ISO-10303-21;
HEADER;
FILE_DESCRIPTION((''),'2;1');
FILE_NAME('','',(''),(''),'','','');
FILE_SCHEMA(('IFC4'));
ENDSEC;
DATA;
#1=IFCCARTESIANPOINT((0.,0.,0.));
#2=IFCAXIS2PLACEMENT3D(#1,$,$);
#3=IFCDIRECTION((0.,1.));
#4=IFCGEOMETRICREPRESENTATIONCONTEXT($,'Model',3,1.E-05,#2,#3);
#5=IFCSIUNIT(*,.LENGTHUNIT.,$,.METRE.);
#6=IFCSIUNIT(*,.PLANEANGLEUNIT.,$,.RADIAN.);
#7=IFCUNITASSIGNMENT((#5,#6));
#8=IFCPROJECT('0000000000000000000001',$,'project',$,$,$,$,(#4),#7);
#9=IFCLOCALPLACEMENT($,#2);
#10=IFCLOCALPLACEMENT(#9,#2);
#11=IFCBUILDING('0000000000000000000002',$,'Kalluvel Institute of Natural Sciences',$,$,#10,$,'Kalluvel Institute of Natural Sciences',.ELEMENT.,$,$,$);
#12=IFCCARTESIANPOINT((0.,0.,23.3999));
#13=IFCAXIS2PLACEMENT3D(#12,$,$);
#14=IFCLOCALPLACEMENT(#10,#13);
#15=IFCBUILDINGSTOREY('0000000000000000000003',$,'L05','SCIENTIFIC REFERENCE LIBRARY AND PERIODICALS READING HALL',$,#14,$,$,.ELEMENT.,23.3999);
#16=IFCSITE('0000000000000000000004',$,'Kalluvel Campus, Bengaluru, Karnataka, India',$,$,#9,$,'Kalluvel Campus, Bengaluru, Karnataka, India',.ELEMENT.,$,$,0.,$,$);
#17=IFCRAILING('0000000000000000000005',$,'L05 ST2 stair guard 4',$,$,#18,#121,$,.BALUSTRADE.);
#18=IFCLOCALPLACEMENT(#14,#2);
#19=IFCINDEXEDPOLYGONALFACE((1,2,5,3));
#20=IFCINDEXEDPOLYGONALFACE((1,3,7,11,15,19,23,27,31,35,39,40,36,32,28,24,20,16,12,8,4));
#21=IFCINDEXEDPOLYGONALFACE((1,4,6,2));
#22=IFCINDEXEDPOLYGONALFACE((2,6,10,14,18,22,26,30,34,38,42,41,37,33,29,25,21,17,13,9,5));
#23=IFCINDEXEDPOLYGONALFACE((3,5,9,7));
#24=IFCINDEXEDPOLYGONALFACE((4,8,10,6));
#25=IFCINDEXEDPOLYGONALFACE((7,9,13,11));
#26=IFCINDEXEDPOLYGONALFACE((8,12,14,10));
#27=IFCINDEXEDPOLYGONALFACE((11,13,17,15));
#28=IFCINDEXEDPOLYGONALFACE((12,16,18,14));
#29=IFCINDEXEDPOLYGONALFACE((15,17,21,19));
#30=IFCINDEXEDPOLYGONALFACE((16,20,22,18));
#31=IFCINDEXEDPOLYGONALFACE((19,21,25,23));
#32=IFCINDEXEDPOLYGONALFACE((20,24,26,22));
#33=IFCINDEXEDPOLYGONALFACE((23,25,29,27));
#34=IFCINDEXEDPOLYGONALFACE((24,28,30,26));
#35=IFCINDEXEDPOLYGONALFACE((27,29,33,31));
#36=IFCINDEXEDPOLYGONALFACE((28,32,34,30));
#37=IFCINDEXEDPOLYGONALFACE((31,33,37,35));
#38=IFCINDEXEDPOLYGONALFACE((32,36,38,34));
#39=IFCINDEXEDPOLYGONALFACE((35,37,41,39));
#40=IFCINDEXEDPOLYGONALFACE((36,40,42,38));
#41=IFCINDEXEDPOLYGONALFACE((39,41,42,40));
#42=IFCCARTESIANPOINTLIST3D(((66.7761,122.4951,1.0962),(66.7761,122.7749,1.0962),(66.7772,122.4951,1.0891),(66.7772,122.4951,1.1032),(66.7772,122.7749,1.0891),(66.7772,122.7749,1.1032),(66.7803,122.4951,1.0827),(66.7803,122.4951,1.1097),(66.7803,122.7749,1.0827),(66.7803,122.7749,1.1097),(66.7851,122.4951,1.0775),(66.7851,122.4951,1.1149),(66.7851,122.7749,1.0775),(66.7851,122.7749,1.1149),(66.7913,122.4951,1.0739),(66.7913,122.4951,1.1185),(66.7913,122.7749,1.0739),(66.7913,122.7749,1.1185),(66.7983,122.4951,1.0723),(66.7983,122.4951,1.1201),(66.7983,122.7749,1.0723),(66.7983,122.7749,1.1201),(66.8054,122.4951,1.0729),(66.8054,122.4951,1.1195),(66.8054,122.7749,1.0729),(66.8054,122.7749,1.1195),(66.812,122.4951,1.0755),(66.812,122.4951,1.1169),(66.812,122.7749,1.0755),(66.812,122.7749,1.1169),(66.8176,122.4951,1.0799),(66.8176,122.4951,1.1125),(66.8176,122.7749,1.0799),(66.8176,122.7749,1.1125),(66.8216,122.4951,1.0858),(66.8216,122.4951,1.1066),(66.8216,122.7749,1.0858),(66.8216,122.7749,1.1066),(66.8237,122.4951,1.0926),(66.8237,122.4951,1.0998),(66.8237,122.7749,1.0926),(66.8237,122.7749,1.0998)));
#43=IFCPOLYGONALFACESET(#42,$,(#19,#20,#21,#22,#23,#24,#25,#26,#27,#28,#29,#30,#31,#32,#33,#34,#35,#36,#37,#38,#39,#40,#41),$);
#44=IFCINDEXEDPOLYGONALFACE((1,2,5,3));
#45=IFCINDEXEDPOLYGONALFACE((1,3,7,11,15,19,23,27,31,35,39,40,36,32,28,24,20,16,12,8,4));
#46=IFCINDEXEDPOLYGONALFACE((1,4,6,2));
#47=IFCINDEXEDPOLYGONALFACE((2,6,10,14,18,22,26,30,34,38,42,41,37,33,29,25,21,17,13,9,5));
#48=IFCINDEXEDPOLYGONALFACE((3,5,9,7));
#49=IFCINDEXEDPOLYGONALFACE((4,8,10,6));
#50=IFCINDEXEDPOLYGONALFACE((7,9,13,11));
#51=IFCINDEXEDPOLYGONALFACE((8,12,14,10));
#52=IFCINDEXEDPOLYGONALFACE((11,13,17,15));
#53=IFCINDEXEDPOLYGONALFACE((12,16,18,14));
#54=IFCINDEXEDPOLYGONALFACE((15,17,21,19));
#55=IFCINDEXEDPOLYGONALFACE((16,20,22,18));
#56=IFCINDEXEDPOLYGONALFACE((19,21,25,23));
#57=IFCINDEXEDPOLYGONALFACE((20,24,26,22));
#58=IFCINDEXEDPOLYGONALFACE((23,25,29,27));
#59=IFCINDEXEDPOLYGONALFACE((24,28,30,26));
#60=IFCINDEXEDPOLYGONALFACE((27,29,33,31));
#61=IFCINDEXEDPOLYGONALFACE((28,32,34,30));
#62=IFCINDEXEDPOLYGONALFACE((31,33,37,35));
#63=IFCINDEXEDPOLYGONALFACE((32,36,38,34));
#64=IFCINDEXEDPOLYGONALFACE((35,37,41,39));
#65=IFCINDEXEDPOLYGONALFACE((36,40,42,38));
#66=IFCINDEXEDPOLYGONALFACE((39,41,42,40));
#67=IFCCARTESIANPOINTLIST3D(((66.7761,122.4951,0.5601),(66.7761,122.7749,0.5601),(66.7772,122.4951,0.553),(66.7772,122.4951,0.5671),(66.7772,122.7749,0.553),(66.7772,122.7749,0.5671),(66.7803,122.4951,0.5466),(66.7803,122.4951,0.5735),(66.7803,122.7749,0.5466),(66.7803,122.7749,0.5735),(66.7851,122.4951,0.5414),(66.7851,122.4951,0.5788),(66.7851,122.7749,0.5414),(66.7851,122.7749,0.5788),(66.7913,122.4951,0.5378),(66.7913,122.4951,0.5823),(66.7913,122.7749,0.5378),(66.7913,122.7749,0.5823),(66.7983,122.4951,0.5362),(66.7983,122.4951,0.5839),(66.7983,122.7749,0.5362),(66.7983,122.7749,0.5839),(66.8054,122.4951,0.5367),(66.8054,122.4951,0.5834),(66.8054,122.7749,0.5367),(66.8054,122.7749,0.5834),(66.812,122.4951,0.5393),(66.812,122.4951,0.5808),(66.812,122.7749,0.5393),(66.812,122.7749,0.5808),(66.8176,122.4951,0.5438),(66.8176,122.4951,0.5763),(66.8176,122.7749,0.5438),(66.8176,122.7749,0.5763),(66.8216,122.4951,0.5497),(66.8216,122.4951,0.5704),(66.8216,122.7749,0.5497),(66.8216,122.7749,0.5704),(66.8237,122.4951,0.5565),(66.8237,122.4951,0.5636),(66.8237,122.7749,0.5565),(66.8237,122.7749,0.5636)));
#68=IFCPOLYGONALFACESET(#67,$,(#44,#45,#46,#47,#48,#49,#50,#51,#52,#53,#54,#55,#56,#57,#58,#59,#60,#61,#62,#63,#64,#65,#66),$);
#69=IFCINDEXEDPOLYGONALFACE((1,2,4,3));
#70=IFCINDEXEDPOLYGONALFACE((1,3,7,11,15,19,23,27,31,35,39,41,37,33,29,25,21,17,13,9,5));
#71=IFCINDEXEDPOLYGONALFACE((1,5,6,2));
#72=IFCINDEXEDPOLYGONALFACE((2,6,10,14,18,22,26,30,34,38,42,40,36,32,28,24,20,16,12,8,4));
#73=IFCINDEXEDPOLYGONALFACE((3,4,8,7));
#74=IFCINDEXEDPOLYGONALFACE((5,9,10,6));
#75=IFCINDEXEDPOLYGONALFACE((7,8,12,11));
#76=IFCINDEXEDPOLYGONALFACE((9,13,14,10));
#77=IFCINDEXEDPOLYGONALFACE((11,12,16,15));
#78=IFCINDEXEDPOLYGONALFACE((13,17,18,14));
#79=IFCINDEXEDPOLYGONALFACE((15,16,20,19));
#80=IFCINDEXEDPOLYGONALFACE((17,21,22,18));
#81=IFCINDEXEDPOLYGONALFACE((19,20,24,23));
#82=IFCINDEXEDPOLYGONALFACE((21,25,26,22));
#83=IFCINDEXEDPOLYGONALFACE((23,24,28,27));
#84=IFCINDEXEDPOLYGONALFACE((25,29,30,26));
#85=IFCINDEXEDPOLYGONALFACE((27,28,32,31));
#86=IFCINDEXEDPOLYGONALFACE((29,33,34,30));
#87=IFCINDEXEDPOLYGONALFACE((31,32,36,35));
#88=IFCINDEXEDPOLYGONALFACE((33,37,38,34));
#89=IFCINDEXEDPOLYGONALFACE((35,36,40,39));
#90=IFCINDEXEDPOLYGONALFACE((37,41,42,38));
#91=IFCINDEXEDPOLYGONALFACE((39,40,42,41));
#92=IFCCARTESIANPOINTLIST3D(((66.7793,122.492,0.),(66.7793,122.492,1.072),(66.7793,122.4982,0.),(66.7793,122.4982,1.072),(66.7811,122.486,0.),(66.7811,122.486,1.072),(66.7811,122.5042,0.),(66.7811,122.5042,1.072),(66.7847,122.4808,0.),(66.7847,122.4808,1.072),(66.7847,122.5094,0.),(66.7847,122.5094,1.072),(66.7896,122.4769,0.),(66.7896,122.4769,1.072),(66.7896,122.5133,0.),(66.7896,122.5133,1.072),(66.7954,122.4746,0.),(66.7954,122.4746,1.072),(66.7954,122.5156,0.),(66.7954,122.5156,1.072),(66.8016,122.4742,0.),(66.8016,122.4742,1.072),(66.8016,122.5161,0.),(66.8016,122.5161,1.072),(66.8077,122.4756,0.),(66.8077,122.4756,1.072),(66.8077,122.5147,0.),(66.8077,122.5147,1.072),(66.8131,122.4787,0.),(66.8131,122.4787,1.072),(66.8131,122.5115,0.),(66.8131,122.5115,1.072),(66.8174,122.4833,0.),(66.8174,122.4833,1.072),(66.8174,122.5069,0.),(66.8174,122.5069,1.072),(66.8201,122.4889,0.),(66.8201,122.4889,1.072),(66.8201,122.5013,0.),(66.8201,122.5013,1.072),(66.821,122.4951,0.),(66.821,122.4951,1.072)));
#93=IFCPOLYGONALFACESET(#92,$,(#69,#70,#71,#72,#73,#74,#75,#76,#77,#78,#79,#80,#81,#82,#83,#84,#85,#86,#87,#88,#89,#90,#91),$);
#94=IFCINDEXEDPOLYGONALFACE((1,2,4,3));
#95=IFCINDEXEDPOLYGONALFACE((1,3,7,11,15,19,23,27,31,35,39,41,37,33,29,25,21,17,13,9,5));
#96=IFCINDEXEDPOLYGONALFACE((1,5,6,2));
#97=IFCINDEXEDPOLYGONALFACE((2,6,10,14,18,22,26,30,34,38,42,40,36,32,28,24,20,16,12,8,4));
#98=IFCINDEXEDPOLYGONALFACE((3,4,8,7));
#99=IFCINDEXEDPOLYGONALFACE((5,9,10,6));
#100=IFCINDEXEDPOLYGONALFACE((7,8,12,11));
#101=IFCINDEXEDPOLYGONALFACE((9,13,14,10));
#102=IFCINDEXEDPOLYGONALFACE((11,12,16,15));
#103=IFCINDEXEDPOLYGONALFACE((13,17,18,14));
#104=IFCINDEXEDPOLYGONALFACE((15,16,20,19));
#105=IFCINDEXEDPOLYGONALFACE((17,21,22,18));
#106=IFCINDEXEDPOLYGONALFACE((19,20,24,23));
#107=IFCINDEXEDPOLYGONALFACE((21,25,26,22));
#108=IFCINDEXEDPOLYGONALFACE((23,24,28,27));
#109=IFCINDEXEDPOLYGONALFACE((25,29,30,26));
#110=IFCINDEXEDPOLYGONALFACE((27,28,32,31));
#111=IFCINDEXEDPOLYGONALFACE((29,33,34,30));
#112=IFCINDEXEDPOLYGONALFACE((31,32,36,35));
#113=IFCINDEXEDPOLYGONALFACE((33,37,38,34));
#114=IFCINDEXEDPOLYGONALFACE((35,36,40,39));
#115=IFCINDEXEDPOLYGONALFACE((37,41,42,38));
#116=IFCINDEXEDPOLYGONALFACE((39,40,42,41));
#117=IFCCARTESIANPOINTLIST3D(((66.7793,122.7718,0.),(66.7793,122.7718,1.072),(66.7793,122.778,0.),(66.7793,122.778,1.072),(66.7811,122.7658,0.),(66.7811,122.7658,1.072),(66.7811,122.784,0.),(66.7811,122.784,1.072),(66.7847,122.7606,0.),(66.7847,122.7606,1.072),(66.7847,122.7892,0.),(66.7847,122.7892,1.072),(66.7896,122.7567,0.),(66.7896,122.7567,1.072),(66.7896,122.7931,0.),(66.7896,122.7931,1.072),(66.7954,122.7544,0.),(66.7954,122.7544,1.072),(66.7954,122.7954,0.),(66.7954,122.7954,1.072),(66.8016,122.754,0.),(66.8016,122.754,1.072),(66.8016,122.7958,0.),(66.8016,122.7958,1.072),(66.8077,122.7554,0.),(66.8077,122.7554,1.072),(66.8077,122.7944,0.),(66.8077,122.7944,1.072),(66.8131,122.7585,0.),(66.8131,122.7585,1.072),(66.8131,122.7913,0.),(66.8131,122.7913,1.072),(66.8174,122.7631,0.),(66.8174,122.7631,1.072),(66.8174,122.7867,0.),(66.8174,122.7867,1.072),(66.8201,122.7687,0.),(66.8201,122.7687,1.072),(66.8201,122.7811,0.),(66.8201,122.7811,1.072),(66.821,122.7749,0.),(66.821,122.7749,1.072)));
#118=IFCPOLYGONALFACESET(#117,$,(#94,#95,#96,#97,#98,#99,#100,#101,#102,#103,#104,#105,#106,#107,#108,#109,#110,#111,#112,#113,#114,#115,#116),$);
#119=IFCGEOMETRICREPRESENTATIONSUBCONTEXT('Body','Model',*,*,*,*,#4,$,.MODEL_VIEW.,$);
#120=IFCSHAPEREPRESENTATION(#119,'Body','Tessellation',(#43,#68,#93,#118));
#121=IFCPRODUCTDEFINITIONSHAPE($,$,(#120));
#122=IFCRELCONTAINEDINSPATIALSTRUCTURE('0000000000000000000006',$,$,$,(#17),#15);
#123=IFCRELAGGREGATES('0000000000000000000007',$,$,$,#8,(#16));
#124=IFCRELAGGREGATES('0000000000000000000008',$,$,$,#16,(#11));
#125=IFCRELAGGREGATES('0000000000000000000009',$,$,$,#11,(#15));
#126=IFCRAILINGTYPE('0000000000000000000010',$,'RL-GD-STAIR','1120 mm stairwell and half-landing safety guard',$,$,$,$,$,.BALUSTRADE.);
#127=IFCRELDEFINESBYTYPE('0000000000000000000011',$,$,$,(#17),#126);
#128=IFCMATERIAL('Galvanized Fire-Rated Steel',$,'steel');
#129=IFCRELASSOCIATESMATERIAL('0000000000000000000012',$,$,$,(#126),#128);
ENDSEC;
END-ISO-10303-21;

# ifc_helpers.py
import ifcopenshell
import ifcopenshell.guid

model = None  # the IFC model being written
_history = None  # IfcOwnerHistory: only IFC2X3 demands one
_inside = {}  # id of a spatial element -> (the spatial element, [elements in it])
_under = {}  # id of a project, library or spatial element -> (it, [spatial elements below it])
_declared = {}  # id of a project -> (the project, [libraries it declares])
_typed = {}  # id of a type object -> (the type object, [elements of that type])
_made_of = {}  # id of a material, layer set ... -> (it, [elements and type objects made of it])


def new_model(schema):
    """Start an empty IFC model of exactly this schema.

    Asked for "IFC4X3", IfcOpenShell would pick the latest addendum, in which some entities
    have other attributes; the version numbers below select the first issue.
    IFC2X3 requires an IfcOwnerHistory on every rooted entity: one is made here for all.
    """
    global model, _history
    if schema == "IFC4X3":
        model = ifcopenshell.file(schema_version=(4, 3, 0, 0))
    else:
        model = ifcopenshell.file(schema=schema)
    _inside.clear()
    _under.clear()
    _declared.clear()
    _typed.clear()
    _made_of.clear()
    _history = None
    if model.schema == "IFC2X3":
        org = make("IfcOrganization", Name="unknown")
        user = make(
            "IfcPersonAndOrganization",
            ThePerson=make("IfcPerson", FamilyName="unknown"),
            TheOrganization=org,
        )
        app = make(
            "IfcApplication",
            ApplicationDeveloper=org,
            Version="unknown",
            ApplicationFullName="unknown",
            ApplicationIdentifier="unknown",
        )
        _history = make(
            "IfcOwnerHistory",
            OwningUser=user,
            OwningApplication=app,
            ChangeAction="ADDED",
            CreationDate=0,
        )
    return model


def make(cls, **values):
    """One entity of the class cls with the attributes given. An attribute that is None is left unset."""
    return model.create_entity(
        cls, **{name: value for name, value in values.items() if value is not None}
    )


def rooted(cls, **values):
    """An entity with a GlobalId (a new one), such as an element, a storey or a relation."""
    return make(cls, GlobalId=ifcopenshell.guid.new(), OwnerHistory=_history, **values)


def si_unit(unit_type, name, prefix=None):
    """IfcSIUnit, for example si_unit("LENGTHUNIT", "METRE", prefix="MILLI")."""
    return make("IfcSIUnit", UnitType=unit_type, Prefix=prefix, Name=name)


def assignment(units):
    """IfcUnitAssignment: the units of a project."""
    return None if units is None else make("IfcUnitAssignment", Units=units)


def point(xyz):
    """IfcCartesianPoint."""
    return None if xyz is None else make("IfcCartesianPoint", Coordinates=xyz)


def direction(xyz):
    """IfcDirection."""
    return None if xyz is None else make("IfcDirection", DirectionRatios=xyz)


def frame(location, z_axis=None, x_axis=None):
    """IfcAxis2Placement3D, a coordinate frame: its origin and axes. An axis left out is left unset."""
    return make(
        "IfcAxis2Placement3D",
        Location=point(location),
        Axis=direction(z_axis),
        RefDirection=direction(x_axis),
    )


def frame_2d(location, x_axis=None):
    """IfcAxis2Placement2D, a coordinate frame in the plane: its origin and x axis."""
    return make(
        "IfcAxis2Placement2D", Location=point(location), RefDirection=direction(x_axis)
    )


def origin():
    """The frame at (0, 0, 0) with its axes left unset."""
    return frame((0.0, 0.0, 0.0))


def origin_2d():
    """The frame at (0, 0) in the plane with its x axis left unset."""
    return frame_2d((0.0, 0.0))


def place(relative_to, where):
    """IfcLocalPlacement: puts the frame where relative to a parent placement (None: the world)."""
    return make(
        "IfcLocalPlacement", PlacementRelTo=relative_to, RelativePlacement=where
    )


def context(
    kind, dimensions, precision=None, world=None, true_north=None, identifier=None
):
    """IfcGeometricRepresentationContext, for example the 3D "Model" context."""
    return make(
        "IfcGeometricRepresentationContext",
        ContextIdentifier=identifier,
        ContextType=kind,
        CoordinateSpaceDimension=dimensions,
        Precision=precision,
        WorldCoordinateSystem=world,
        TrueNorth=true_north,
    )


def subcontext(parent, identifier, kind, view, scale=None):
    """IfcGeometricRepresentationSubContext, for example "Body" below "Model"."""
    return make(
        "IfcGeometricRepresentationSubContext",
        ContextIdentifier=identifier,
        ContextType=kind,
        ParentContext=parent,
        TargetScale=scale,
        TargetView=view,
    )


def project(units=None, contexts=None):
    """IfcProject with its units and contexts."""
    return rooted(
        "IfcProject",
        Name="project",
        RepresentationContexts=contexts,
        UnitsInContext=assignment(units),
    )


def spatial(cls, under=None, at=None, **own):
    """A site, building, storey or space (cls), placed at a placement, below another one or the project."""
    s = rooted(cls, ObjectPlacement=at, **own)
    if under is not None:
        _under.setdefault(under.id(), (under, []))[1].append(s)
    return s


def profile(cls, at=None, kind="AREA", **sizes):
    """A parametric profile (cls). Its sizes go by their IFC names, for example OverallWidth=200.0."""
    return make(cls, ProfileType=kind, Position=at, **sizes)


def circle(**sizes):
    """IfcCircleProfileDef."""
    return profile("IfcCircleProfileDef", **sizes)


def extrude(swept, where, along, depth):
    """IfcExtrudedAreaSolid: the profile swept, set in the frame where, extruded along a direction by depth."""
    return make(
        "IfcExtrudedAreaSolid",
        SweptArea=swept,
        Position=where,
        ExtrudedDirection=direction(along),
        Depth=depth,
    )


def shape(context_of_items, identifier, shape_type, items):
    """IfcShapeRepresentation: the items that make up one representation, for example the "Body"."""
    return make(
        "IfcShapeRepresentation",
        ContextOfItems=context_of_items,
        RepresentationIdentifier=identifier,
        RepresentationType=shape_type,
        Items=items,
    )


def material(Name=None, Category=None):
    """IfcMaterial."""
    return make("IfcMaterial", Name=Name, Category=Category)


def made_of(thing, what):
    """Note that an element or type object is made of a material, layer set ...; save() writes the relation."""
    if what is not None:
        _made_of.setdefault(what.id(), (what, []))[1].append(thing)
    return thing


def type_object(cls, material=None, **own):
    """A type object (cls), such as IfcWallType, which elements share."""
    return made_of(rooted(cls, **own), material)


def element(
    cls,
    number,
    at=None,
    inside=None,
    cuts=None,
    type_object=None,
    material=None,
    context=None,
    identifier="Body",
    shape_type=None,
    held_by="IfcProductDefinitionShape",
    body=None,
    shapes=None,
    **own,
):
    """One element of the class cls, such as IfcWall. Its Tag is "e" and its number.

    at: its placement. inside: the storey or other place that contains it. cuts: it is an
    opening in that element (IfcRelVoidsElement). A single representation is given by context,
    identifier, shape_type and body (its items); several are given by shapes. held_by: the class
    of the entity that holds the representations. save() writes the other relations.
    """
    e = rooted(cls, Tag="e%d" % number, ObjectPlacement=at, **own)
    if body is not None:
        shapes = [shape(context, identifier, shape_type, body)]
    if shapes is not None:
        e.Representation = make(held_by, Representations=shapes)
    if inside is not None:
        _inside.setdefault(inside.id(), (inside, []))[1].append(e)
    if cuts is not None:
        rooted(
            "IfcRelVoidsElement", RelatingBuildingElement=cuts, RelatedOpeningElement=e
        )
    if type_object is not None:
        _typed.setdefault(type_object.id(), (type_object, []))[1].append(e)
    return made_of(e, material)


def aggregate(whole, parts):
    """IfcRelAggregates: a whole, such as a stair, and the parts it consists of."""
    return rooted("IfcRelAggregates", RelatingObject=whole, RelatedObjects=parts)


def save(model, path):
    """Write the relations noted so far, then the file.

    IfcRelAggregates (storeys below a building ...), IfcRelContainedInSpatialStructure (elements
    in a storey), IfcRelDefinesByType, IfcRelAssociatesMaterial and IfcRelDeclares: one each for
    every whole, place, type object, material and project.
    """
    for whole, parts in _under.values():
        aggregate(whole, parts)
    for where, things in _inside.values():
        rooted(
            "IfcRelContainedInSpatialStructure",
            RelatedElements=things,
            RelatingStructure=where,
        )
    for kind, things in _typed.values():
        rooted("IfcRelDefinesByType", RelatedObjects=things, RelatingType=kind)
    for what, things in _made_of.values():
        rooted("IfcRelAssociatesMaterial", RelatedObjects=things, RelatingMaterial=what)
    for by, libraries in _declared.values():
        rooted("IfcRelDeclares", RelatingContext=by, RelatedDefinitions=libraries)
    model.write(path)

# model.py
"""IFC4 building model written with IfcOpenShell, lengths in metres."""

from ifc_helpers import new_model, si_unit, direction, frame, origin, origin_2d, place, context, subcontext, project, spatial, circle, extrude, material, type_object, element, save


model = new_model("IFC4")

# Units and contexts
model_context = context("Model", 3, precision=1e-05, world=origin(), true_north=direction((0.0, 1.0)))
body_context = subcontext(model_context, "Body", "Model", "MODEL_VIEW")
ifc_project = project(units=[si_unit("LENGTHUNIT", "METRE"), si_unit("PLANEANGLEUNIT", "RADIAN")], contexts=[model_context])

# Site, building, storey
site_placement = place(None, origin())
site = spatial("IfcSite", under=ifc_project, at=site_placement, Name="Kalluvel Campus, Bengaluru, Karnataka, India", LongName="Kalluvel Campus, Bengaluru, Karnataka, India", CompositionType="ELEMENT", RefElevation=0.0)
building_placement = place(site_placement, origin())
building = spatial("IfcBuilding", under=site, at=building_placement, Name="Kalluvel Institute of Natural Sciences", LongName="Kalluvel Institute of Natural Sciences", CompositionType="ELEMENT")
storey_placement = place(building_placement, frame((0.0, 0.0, 23.3999)))
storey = spatial("IfcBuildingStorey", under=building, at=storey_placement, Name="L05", Description="SCIENTIFIC REFERENCE LIBRARY AND PERIODICALS READING HALL", CompositionType="ELEMENT", Elevation=23.3999)

# Shared definitions
ifc_material_1 = material(Name="Galvanized Fire-Rated Steel", Category="steel")

# Railing
railing_type_1 = type_object("IfcRailingType", Name="RL-GD-STAIR", Description="1120 mm stairwell and half-landing safety guard", PredefinedType="BALUSTRADE", material=ifc_material_1)
railing_1_placement = place(storey_placement, frame((66.8, 122.4951, 0.0)))
element("IfcRailing", 1, at=railing_1_placement, inside=storey, type_object=railing_type_1, Name="L05 ST2 stair guard 4", PredefinedType="BALUSTRADE", context=body_context, shape_type="SweptSolid", body=[
    extrude(circle(Radius=0.0239, at=origin_2d()), frame((0.0, 0.0, 1.0962), z_axis=(0.0, 1.0, 0.0), x_axis=(-1.0, 0.0, 0.0)), (0.0, 0.0, 1.0), 0.2798),
    extrude(circle(Radius=0.0239, at=origin_2d()), frame((0.0, 0.0, 0.5601), z_axis=(0.0, 1.0, 0.0), x_axis=(-1.0, 0.0, 0.0)), (0.0, 0.0, 1.0), 0.2798),
    extrude(circle(Radius=0.021, at=origin_2d()), origin(), (0.0, 0.0, 1.0), 1.072),
    extrude(circle(Radius=0.021, at=origin_2d()), frame((0.0, 0.2798, 0.0)), (0.0, 0.0, 1.0), 1.072),
])

save(model, "model.ifc")
